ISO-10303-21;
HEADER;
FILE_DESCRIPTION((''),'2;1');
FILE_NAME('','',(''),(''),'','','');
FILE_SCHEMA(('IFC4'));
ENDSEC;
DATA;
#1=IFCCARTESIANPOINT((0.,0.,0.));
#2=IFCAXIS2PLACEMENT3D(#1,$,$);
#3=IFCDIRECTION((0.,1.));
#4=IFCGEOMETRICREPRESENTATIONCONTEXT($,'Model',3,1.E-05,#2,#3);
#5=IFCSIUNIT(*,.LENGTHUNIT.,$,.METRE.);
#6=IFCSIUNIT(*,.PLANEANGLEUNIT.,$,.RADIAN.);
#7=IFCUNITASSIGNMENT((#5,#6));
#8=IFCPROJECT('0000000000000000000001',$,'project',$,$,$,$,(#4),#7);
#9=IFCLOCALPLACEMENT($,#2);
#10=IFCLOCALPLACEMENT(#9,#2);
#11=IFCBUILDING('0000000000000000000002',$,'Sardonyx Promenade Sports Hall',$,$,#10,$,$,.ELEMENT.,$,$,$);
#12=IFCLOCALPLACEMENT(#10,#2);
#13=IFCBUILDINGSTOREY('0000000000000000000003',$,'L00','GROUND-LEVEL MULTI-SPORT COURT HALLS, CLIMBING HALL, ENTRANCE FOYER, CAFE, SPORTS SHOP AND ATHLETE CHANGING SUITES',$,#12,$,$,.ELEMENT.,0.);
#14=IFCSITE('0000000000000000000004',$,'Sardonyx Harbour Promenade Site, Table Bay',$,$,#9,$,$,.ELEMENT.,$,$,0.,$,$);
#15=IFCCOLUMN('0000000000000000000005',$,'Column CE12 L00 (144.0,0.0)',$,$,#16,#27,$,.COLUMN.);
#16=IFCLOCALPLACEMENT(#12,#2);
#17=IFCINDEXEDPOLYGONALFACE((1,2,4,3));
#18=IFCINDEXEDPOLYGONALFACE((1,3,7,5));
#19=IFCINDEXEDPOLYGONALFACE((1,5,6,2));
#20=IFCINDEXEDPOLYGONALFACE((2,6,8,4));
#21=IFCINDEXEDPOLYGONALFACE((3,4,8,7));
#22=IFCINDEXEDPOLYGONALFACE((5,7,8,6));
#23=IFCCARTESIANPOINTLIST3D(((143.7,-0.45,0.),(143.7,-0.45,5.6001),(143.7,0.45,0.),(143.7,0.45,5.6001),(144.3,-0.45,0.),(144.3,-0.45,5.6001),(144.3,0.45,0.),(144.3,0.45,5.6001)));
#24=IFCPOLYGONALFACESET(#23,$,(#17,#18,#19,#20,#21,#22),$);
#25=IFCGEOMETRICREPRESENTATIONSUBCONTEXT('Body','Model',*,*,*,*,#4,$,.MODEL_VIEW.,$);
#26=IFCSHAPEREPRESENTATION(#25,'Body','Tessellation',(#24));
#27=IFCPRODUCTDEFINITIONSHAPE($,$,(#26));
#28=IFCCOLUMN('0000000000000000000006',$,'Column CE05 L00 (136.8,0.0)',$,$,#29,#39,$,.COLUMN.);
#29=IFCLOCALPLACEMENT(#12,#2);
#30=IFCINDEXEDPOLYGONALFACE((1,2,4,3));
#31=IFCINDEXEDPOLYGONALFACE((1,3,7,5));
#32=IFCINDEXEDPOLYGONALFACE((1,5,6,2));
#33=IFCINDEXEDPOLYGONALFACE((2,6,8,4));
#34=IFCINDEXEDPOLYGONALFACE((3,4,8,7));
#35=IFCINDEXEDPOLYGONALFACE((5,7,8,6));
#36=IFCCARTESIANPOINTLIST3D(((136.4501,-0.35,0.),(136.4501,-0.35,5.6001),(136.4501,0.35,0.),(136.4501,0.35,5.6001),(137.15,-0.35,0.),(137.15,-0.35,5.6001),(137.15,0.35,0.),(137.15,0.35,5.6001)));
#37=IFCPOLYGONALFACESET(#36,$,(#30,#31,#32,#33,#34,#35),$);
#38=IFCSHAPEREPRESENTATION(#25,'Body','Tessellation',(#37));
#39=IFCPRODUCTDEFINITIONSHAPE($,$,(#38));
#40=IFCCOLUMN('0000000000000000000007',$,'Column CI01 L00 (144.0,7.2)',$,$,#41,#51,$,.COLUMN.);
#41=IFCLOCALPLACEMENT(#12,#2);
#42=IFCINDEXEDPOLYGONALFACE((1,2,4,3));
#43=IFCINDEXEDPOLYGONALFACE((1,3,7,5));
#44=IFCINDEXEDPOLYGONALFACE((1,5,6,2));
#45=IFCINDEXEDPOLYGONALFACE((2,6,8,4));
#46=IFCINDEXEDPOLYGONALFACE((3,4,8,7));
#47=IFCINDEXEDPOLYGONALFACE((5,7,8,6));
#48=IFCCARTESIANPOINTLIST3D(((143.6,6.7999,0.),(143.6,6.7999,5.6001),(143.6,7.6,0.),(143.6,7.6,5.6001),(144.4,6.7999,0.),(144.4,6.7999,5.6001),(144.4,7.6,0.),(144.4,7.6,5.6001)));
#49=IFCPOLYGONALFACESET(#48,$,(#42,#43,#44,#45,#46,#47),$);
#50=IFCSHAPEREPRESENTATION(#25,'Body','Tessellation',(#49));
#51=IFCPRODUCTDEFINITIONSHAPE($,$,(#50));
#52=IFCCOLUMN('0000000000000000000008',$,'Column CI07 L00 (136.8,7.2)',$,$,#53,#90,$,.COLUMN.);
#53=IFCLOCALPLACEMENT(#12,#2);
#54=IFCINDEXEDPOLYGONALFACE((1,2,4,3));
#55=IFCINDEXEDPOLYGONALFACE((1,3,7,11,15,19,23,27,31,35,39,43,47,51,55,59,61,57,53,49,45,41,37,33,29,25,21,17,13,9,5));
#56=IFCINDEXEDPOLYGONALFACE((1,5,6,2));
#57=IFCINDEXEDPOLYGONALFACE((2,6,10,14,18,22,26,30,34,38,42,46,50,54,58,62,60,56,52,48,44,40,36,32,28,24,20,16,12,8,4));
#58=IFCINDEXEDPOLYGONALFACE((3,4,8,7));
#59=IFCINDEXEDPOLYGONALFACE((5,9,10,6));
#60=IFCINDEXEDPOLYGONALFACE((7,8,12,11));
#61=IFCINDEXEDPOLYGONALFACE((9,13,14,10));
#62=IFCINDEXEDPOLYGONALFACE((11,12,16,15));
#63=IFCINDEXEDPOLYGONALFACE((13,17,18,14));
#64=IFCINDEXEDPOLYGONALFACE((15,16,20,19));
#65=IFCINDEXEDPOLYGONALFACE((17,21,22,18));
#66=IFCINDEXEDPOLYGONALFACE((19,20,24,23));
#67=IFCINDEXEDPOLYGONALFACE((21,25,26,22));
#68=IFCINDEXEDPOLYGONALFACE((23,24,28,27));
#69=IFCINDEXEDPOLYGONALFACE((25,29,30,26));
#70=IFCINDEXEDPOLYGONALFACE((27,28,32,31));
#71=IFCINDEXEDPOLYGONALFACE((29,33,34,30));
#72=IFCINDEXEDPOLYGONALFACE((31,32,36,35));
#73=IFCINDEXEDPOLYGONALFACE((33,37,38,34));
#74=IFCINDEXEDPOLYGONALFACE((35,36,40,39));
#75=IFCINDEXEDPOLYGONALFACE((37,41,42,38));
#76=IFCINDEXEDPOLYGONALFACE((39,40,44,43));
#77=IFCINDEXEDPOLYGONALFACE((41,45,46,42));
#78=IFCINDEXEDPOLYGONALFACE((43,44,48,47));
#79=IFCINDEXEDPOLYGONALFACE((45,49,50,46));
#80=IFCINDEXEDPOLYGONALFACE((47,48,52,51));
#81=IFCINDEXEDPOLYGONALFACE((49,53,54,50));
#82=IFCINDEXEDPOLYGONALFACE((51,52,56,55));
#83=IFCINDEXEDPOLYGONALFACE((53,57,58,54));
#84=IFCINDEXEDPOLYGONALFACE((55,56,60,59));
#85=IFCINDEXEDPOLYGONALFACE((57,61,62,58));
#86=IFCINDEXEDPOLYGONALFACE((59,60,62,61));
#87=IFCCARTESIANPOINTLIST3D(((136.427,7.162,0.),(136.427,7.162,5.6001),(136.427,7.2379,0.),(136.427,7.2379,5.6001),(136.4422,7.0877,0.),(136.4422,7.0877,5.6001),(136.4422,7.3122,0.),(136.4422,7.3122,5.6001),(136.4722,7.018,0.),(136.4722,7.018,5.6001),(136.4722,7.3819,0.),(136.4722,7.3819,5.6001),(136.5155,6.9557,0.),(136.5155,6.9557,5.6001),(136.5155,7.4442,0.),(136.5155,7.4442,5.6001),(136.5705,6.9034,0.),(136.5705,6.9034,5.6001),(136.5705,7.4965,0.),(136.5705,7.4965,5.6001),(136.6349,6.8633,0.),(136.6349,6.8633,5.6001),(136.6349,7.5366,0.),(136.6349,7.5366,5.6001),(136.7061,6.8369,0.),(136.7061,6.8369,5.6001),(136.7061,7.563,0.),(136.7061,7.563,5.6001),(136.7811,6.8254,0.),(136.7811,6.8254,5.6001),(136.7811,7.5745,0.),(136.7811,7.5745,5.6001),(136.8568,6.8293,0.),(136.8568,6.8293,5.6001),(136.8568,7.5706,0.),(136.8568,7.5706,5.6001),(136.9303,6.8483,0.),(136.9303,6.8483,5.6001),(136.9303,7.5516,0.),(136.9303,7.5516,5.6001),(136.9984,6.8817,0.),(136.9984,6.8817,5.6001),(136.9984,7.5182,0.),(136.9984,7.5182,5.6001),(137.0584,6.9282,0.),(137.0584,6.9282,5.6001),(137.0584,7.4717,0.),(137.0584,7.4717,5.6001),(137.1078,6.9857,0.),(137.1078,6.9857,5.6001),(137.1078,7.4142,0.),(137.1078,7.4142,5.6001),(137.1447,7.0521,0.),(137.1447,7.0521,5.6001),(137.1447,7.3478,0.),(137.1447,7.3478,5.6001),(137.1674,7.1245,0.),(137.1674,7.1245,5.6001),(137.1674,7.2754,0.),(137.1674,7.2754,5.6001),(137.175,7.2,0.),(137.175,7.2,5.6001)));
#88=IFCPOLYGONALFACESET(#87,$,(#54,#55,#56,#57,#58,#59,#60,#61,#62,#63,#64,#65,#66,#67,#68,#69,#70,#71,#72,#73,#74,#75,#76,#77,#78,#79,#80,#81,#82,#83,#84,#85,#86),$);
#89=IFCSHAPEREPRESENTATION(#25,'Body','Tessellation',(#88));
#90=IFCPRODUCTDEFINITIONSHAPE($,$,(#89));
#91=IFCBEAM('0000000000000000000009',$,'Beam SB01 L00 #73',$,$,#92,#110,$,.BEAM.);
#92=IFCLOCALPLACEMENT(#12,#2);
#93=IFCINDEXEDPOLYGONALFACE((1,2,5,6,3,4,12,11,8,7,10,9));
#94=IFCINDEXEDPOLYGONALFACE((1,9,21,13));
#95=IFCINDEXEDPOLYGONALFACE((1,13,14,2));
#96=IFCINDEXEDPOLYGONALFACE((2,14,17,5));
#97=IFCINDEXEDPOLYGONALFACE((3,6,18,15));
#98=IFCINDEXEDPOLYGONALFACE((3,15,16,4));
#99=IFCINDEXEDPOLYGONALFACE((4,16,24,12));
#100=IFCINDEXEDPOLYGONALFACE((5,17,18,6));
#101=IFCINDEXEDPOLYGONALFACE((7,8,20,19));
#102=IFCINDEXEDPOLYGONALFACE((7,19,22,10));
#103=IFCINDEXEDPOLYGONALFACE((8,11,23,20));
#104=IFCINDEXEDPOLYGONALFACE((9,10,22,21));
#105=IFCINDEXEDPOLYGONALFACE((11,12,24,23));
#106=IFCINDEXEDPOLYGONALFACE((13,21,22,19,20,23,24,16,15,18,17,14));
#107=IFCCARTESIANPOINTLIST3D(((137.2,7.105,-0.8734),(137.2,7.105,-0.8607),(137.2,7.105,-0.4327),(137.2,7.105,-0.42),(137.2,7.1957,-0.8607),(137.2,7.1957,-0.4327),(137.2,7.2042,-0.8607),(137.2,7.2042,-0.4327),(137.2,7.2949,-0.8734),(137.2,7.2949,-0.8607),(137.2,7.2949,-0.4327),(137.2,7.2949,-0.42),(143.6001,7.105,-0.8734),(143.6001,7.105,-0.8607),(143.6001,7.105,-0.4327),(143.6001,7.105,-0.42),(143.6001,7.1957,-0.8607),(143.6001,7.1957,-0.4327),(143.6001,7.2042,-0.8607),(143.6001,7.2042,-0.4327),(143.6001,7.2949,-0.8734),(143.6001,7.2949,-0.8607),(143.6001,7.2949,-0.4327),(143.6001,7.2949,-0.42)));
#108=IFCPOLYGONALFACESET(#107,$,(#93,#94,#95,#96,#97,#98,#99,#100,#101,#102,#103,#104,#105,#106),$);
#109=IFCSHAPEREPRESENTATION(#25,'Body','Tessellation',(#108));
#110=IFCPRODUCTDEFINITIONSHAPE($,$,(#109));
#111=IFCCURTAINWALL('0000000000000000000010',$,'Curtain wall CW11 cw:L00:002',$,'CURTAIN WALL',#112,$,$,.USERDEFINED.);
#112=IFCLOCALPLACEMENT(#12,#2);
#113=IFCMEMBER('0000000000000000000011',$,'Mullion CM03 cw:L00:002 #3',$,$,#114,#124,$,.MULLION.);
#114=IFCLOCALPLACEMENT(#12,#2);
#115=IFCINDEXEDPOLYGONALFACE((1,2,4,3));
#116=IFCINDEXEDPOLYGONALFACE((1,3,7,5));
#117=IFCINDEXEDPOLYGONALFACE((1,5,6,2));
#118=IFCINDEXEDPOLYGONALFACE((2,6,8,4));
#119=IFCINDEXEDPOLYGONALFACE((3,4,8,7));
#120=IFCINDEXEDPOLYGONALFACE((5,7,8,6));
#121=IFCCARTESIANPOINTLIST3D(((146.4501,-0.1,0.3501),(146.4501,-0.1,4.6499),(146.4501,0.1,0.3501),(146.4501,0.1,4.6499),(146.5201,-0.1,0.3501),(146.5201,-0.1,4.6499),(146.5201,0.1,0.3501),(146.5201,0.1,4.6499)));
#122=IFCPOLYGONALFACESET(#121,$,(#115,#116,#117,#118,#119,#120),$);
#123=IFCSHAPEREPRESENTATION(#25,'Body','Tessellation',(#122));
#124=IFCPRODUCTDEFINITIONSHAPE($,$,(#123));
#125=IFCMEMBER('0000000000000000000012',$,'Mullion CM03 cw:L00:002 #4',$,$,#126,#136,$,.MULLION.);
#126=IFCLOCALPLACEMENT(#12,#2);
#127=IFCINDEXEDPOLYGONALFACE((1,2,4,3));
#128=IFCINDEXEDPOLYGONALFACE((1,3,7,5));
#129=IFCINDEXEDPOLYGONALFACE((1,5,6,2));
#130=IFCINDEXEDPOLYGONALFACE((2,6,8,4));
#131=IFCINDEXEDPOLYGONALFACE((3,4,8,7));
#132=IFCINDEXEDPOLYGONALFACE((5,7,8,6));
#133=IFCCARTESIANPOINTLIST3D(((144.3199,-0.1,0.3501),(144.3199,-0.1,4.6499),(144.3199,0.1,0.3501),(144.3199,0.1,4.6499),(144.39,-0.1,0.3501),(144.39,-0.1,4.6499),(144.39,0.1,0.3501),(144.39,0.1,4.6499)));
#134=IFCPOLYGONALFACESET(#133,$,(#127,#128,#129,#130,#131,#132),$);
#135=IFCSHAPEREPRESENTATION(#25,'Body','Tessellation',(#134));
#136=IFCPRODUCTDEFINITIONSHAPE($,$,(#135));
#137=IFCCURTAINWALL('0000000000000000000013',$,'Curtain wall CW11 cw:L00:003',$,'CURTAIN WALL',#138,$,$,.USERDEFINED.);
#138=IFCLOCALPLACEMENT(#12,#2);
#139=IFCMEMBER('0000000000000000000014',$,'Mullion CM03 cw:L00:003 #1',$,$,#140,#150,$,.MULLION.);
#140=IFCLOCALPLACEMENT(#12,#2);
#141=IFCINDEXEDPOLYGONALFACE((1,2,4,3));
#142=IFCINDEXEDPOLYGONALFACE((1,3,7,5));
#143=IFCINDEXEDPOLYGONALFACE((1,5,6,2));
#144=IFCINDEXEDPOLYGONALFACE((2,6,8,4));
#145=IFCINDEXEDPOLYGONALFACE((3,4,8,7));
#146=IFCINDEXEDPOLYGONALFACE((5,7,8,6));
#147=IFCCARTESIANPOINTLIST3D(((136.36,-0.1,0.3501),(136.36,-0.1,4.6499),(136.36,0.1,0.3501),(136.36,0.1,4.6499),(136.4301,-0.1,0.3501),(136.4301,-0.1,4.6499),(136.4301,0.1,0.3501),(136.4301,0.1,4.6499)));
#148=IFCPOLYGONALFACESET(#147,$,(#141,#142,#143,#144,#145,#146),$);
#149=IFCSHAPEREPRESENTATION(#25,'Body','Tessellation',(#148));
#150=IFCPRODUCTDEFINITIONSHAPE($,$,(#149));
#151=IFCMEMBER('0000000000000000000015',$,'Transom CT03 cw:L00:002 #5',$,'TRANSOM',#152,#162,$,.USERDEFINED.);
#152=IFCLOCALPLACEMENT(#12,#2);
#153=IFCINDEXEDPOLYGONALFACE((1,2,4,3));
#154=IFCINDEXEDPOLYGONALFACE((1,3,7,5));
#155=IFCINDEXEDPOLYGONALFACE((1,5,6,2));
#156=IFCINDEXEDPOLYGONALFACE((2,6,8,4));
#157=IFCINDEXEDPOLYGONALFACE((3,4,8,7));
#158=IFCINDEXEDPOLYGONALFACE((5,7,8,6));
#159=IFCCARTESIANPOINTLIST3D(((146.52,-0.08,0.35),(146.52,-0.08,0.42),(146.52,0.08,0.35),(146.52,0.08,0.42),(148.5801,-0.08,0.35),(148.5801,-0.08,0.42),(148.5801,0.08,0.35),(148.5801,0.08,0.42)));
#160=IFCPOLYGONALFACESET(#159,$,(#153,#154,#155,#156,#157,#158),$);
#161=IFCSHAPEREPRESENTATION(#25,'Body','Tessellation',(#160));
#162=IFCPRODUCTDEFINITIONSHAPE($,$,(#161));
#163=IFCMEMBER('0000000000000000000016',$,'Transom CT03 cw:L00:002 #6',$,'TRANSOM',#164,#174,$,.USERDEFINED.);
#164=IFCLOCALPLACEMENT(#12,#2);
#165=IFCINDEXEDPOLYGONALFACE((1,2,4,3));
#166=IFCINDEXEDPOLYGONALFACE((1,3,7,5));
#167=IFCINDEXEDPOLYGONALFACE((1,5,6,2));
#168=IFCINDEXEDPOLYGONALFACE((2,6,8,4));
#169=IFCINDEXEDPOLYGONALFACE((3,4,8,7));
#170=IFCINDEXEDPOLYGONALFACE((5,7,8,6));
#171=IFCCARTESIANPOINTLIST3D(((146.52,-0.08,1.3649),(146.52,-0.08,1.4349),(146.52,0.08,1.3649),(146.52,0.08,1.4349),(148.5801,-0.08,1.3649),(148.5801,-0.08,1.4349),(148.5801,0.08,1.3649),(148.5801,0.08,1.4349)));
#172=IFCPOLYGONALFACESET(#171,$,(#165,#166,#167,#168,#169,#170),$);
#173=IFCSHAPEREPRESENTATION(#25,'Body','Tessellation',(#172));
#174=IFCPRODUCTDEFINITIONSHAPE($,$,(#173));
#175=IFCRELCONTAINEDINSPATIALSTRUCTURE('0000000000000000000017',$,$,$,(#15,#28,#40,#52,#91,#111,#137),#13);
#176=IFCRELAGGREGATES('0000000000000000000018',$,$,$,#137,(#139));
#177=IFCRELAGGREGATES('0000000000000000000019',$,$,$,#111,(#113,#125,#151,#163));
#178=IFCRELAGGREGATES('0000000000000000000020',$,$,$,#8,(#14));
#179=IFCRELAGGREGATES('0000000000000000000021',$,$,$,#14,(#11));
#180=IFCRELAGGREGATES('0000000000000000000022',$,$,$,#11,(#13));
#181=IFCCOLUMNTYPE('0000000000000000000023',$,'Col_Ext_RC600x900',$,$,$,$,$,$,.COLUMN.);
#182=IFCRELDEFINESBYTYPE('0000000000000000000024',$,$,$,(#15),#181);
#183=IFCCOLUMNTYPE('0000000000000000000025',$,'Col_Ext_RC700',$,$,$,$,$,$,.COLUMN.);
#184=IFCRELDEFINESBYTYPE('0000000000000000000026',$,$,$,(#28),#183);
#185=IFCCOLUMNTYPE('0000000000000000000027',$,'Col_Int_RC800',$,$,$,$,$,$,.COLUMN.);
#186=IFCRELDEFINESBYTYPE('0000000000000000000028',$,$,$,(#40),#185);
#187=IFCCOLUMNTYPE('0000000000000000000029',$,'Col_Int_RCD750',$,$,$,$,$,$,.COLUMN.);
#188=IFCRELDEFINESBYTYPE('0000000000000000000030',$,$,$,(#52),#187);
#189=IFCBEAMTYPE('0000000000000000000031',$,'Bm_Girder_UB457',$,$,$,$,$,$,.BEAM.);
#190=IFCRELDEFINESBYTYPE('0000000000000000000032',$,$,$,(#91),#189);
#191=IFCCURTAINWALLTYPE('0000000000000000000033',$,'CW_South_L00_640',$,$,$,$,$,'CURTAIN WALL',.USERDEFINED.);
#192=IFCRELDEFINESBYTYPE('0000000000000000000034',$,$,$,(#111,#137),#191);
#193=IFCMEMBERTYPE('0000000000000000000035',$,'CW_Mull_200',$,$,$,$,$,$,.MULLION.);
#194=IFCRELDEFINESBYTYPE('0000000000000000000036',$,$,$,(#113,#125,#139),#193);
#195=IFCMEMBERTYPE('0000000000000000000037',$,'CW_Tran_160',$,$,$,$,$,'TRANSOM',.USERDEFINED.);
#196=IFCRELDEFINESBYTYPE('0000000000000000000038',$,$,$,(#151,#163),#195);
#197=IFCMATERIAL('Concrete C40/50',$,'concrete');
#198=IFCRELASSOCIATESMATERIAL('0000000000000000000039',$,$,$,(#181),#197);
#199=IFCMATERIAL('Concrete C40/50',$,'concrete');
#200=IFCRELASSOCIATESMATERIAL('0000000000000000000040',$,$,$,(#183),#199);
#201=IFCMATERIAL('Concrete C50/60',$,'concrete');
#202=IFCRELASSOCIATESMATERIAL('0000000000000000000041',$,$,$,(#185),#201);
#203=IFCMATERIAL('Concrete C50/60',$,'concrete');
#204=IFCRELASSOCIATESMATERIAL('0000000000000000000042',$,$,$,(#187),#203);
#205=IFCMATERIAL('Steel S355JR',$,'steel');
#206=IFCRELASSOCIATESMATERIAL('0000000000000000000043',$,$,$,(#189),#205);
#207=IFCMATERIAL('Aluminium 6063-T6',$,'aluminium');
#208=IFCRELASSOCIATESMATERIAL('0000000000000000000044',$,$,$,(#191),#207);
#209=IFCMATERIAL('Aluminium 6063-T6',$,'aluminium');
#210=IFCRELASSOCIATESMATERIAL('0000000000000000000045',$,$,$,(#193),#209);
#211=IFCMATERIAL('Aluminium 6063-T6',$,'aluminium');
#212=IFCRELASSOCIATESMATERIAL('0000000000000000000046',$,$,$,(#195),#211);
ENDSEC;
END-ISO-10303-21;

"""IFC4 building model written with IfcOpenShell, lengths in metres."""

from ifc_helpers import new_model, si_unit, direction, frame, origin, origin_2d, place, context, subcontext, project, spatial, rectangle, circle, i_section, extrude, material, material_profile, profile_set, type_object, element, aggregate, save


model = new_model("IFC4")

# Units and contexts
model_context = context("Model", 3, precision=1e-05, world=origin(), true_north=direction((0.0, 1.0)))
body_context = subcontext(model_context, "Body", "Model", "MODEL_VIEW")
ifc_project = project(units=[si_unit("LENGTHUNIT", "METRE"), si_unit("PLANEANGLEUNIT", "RADIAN")], contexts=[model_context])

# Site, building, storey
site_placement = place(None, origin())
site = spatial("IfcSite", under=ifc_project, at=site_placement, Name="Sardonyx Harbour Promenade Site, Table Bay", CompositionType="ELEMENT", RefElevation=0.0)
building_placement = place(site_placement, origin())
building = spatial("IfcBuilding", under=site, at=building_placement, Name="Sardonyx Promenade Sports Hall", CompositionType="ELEMENT")
storey_placement = place(building_placement, origin())
storey = spatial("IfcBuildingStorey", under=building, at=storey_placement, Name="L00", Description="GROUND-LEVEL MULTI-SPORT COURT HALLS, CLIMBING HALL, ENTRANCE FOYER, CAFE, SPORTS SHOP AND ATHLETE CHANGING SUITES", CompositionType="ELEMENT", Elevation=0.0)

# Columns
ifc_material_1 = material(Name="Concrete C40/50", Category="concrete")
ifc_material_profile_1 = material_profile(ifc_material_1, rectangle(XDim=0.6001, YDim=0.8999, at=origin_2d()))
ifc_profile_set_1 = profile_set([ifc_material_profile_1], Name="Concrete C40/50")
column_type_1 = type_object("IfcColumnType", Name="Col_Ext_RC600x900", PredefinedType="COLUMN", material=ifc_profile_set_1)
column_1_placement = place(storey_placement, frame((144.0, 0.0, 0.0), z_axis=(0.0, 0.0, 1.0), x_axis=(1.0, 0.0, 0.0)))
element("IfcColumn", 1, at=column_1_placement, inside=storey, type_object=column_type_1, Name="Column CE12 L00 (144.0,0.0)", PredefinedType="COLUMN", context=body_context, shape_type="SweptSolid", body=[
    extrude(rectangle(XDim=0.6001, YDim=0.8999, at=origin_2d()), origin(), (0.0, 0.0, 1.0), 5.6001),
])
ifc_material_2 = material(Name="Concrete C40/50", Category="concrete")
ifc_material_profile_2 = material_profile(ifc_material_2, rectangle(XDim=0.7, YDim=0.7, at=origin_2d()))
ifc_profile_set_2 = profile_set([ifc_material_profile_2], Name="Concrete C40/50")
column_type_2 = type_object("IfcColumnType", Name="Col_Ext_RC700", PredefinedType="COLUMN", material=ifc_profile_set_2)
column_2_placement = place(storey_placement, frame((136.8, 0.0, 0.0), z_axis=(0.0, 0.0, 1.0), x_axis=(1.0, 0.0, 0.0)))
element("IfcColumn", 2, at=column_2_placement, inside=storey, type_object=column_type_2, Name="Column CE05 L00 (136.8,0.0)", PredefinedType="COLUMN", context=body_context, shape_type="SweptSolid", body=[
    extrude(rectangle(XDim=0.7, YDim=0.7, at=origin_2d()), origin(), (0.0, 0.0, 1.0), 5.6001),
])
ifc_material_3 = material(Name="Concrete C50/60", Category="concrete")
ifc_material_profile_3 = material_profile(ifc_material_3, rectangle(XDim=0.8, YDim=0.8, at=origin_2d()))
ifc_profile_set_3 = profile_set([ifc_material_profile_3], Name="Concrete C50/60")
column_type_3 = type_object("IfcColumnType", Name="Col_Int_RC800", PredefinedType="COLUMN", material=ifc_profile_set_3)
column_3_placement = place(storey_placement, frame((144.0, 7.2, 0.0), z_axis=(0.0, 0.0, 1.0), x_axis=(1.0, 0.0, 0.0)))
element("IfcColumn", 3, at=column_3_placement, inside=storey, type_object=column_type_3, Name="Column CI01 L00 (144.0,7.2)", PredefinedType="COLUMN", context=body_context, shape_type="SweptSolid", body=[
    extrude(rectangle(XDim=0.8, YDim=0.8, at=origin_2d()), origin(), (0.0, 0.0, 1.0), 5.6001),
])
ifc_material_4 = material(Name="Concrete C50/60", Category="concrete")
ifc_material_profile_4 = material_profile(ifc_material_4, circle(Radius=0.375, at=origin_2d()))
ifc_profile_set_4 = profile_set([ifc_material_profile_4], Name="Concrete C50/60")
column_type_4 = type_object("IfcColumnType", Name="Col_Int_RCD750", PredefinedType="COLUMN", material=ifc_profile_set_4)
column_4_placement = place(storey_placement, frame((136.8, 7.2, 0.0), z_axis=(0.0, 0.0, 1.0), x_axis=(1.0, 0.0, 0.0)))
element("IfcColumn", 4, at=column_4_placement, inside=storey, type_object=column_type_4, Name="Column CI07 L00 (136.8,7.2)", PredefinedType="COLUMN", context=body_context, shape_type="SweptSolid", body=[
    extrude(circle(Radius=0.375, at=origin_2d()), origin(), (0.0, 0.0, 1.0), 5.6001),
])

# Beam
ifc_material_5 = material(Name="Steel S355JR", Category="steel")
ifc_material_profile_5 = material_profile(ifc_material_5, i_section(OverallWidth=0.1899, OverallDepth=0.4534, WebThickness=0.0085, FlangeThickness=0.0127, at=origin_2d()))
ifc_profile_set_5 = profile_set([ifc_material_profile_5], Name="Steel S355JR")
beam_type = type_object("IfcBeamType", Name="Bm_Girder_UB457", PredefinedType="BEAM", material=ifc_profile_set_5)
beam_placement = place(storey_placement, frame((137.2, 7.2, -0.6467), z_axis=(1.0, 0.0, 0.0), x_axis=(0.0, 1.0, 0.0)))
element("IfcBeam", 5, at=beam_placement, inside=storey, type_object=beam_type, Name="Beam SB01 L00 #73", PredefinedType="BEAM", context=body_context, shape_type="SweptSolid", body=[
    extrude(i_section(OverallWidth=0.1899, OverallDepth=0.4534, WebThickness=0.0085, FlangeThickness=0.0127, at=origin_2d()), origin(), (0.0, 0.0, 1.0), 6.4001),
])

# Curtain wall, members
ifc_material_6 = material(Name="Aluminium 6063-T6", Category="aluminium")
curtain_wall_type = type_object("IfcCurtainWallType", Name="CW_South_L00_640", ElementType="CURTAIN WALL", PredefinedType="USERDEFINED", material=ifc_material_6)
curtain_wall_1_placement = place(storey_placement, origin())
curtain_wall_1 = element("IfcCurtainWall", 6, at=curtain_wall_1_placement, inside=storey, type_object=curtain_wall_type, Name="Curtain wall CW11 cw:L00:002", ObjectType="CURTAIN WALL", PredefinedType="USERDEFINED")
ifc_material_7 = material(Name="Aluminium 6063-T6", Category="aluminium")
ifc_material_profile_6 = material_profile(ifc_material_7, rectangle(XDim=0.0701, YDim=0.2, at=origin_2d()))
ifc_profile_set_6 = profile_set([ifc_material_profile_6], Name="Aluminium 6063-T6")
member_type_1 = type_object("IfcMemberType", Name="CW_Mull_200", PredefinedType="MULLION", material=ifc_profile_set_6)
member_1_placement = place(storey_placement, frame((146.4851, 0.0, 0.3501), z_axis=(0.0, 0.0, 1.0), x_axis=(-1.0, 0.0, 0.0)))
member_1 = element("IfcMember", 7, at=member_1_placement, type_object=member_type_1, Name="Mullion CM03 cw:L00:002 #3", PredefinedType="MULLION", context=body_context, shape_type="SweptSolid", body=[
    extrude(rectangle(XDim=0.0701, YDim=0.2, at=origin_2d()), origin(), (0.0, 0.0, 1.0), 4.2998),
])
member_2_placement = place(storey_placement, frame((144.355, 0.0, 0.3501), z_axis=(0.0, 0.0, 1.0), x_axis=(-1.0, 0.0, 0.0)))
member_2 = element("IfcMember", 8, at=member_2_placement, type_object=member_type_1, Name="Mullion CM03 cw:L00:002 #4", PredefinedType="MULLION", context=body_context, shape_type="SweptSolid", body=[
    extrude(rectangle(XDim=0.0701, YDim=0.2, at=origin_2d()), origin(), (0.0, 0.0, 1.0), 4.2998),
])

# Curtain wall, member
curtain_wall_2_placement = place(storey_placement, origin())
curtain_wall_2 = element("IfcCurtainWall", 9, at=curtain_wall_2_placement, inside=storey, type_object=curtain_wall_type, Name="Curtain wall CW11 cw:L00:003", ObjectType="CURTAIN WALL", PredefinedType="USERDEFINED")
member_3_placement = place(storey_placement, frame((136.395, 0.0, 0.3501), z_axis=(0.0, 0.0, 1.0), x_axis=(-1.0, 0.0, 0.0)))
member_3 = element("IfcMember", 10, at=member_3_placement, type_object=member_type_1, Name="Mullion CM03 cw:L00:003 #1", PredefinedType="MULLION", context=body_context, shape_type="SweptSolid", body=[
    extrude(rectangle(XDim=0.0701, YDim=0.2, at=origin_2d()), origin(), (0.0, 0.0, 1.0), 4.2998),
])

# Members
ifc_material_8 = material(Name="Aluminium 6063-T6", Category="aluminium")
ifc_material_profile_7 = material_profile(ifc_material_8, rectangle(XDim=0.0701, YDim=0.1599, at=origin_2d()))
ifc_profile_set_7 = profile_set([ifc_material_profile_7], Name="Aluminium 6063-T6")
member_type_2 = type_object("IfcMemberType", Name="CW_Tran_160", ElementType="TRANSOM", PredefinedType="USERDEFINED", material=ifc_profile_set_7)
member_4_placement = place(storey_placement, frame((148.5801, 0.0, 0.385), z_axis=(-1.0, 0.0, 0.0), x_axis=(0.0, 0.0, 1.0)))
member_4 = element("IfcMember", 11, at=member_4_placement, type_object=member_type_2, Name="Transom CT03 cw:L00:002 #5", ObjectType="TRANSOM", PredefinedType="USERDEFINED", context=body_context, shape_type="SweptSolid", body=[
    extrude(rectangle(XDim=0.0701, YDim=0.1599, at=origin_2d()), origin(), (0.0, 0.0, 1.0), 2.0601),
])
member_5_placement = place(storey_placement, frame((148.5801, 0.0, 1.3999), z_axis=(-1.0, 0.0, 0.0), x_axis=(0.0, 0.0, 1.0)))
member_5 = element("IfcMember", 12, at=member_5_placement, type_object=member_type_2, Name="Transom CT03 cw:L00:002 #6", ObjectType="TRANSOM", PredefinedType="USERDEFINED", context=body_context, shape_type="SweptSolid", body=[
    extrude(rectangle(XDim=0.0701, YDim=0.1599, at=origin_2d()), origin(), (0.0, 0.0, 1.0), 2.0601),
])
aggregate(curtain_wall_2, [member_3])

aggregate(curtain_wall_1, [member_1, member_2, member_4, member_5])

save(model, "model.ifc")
